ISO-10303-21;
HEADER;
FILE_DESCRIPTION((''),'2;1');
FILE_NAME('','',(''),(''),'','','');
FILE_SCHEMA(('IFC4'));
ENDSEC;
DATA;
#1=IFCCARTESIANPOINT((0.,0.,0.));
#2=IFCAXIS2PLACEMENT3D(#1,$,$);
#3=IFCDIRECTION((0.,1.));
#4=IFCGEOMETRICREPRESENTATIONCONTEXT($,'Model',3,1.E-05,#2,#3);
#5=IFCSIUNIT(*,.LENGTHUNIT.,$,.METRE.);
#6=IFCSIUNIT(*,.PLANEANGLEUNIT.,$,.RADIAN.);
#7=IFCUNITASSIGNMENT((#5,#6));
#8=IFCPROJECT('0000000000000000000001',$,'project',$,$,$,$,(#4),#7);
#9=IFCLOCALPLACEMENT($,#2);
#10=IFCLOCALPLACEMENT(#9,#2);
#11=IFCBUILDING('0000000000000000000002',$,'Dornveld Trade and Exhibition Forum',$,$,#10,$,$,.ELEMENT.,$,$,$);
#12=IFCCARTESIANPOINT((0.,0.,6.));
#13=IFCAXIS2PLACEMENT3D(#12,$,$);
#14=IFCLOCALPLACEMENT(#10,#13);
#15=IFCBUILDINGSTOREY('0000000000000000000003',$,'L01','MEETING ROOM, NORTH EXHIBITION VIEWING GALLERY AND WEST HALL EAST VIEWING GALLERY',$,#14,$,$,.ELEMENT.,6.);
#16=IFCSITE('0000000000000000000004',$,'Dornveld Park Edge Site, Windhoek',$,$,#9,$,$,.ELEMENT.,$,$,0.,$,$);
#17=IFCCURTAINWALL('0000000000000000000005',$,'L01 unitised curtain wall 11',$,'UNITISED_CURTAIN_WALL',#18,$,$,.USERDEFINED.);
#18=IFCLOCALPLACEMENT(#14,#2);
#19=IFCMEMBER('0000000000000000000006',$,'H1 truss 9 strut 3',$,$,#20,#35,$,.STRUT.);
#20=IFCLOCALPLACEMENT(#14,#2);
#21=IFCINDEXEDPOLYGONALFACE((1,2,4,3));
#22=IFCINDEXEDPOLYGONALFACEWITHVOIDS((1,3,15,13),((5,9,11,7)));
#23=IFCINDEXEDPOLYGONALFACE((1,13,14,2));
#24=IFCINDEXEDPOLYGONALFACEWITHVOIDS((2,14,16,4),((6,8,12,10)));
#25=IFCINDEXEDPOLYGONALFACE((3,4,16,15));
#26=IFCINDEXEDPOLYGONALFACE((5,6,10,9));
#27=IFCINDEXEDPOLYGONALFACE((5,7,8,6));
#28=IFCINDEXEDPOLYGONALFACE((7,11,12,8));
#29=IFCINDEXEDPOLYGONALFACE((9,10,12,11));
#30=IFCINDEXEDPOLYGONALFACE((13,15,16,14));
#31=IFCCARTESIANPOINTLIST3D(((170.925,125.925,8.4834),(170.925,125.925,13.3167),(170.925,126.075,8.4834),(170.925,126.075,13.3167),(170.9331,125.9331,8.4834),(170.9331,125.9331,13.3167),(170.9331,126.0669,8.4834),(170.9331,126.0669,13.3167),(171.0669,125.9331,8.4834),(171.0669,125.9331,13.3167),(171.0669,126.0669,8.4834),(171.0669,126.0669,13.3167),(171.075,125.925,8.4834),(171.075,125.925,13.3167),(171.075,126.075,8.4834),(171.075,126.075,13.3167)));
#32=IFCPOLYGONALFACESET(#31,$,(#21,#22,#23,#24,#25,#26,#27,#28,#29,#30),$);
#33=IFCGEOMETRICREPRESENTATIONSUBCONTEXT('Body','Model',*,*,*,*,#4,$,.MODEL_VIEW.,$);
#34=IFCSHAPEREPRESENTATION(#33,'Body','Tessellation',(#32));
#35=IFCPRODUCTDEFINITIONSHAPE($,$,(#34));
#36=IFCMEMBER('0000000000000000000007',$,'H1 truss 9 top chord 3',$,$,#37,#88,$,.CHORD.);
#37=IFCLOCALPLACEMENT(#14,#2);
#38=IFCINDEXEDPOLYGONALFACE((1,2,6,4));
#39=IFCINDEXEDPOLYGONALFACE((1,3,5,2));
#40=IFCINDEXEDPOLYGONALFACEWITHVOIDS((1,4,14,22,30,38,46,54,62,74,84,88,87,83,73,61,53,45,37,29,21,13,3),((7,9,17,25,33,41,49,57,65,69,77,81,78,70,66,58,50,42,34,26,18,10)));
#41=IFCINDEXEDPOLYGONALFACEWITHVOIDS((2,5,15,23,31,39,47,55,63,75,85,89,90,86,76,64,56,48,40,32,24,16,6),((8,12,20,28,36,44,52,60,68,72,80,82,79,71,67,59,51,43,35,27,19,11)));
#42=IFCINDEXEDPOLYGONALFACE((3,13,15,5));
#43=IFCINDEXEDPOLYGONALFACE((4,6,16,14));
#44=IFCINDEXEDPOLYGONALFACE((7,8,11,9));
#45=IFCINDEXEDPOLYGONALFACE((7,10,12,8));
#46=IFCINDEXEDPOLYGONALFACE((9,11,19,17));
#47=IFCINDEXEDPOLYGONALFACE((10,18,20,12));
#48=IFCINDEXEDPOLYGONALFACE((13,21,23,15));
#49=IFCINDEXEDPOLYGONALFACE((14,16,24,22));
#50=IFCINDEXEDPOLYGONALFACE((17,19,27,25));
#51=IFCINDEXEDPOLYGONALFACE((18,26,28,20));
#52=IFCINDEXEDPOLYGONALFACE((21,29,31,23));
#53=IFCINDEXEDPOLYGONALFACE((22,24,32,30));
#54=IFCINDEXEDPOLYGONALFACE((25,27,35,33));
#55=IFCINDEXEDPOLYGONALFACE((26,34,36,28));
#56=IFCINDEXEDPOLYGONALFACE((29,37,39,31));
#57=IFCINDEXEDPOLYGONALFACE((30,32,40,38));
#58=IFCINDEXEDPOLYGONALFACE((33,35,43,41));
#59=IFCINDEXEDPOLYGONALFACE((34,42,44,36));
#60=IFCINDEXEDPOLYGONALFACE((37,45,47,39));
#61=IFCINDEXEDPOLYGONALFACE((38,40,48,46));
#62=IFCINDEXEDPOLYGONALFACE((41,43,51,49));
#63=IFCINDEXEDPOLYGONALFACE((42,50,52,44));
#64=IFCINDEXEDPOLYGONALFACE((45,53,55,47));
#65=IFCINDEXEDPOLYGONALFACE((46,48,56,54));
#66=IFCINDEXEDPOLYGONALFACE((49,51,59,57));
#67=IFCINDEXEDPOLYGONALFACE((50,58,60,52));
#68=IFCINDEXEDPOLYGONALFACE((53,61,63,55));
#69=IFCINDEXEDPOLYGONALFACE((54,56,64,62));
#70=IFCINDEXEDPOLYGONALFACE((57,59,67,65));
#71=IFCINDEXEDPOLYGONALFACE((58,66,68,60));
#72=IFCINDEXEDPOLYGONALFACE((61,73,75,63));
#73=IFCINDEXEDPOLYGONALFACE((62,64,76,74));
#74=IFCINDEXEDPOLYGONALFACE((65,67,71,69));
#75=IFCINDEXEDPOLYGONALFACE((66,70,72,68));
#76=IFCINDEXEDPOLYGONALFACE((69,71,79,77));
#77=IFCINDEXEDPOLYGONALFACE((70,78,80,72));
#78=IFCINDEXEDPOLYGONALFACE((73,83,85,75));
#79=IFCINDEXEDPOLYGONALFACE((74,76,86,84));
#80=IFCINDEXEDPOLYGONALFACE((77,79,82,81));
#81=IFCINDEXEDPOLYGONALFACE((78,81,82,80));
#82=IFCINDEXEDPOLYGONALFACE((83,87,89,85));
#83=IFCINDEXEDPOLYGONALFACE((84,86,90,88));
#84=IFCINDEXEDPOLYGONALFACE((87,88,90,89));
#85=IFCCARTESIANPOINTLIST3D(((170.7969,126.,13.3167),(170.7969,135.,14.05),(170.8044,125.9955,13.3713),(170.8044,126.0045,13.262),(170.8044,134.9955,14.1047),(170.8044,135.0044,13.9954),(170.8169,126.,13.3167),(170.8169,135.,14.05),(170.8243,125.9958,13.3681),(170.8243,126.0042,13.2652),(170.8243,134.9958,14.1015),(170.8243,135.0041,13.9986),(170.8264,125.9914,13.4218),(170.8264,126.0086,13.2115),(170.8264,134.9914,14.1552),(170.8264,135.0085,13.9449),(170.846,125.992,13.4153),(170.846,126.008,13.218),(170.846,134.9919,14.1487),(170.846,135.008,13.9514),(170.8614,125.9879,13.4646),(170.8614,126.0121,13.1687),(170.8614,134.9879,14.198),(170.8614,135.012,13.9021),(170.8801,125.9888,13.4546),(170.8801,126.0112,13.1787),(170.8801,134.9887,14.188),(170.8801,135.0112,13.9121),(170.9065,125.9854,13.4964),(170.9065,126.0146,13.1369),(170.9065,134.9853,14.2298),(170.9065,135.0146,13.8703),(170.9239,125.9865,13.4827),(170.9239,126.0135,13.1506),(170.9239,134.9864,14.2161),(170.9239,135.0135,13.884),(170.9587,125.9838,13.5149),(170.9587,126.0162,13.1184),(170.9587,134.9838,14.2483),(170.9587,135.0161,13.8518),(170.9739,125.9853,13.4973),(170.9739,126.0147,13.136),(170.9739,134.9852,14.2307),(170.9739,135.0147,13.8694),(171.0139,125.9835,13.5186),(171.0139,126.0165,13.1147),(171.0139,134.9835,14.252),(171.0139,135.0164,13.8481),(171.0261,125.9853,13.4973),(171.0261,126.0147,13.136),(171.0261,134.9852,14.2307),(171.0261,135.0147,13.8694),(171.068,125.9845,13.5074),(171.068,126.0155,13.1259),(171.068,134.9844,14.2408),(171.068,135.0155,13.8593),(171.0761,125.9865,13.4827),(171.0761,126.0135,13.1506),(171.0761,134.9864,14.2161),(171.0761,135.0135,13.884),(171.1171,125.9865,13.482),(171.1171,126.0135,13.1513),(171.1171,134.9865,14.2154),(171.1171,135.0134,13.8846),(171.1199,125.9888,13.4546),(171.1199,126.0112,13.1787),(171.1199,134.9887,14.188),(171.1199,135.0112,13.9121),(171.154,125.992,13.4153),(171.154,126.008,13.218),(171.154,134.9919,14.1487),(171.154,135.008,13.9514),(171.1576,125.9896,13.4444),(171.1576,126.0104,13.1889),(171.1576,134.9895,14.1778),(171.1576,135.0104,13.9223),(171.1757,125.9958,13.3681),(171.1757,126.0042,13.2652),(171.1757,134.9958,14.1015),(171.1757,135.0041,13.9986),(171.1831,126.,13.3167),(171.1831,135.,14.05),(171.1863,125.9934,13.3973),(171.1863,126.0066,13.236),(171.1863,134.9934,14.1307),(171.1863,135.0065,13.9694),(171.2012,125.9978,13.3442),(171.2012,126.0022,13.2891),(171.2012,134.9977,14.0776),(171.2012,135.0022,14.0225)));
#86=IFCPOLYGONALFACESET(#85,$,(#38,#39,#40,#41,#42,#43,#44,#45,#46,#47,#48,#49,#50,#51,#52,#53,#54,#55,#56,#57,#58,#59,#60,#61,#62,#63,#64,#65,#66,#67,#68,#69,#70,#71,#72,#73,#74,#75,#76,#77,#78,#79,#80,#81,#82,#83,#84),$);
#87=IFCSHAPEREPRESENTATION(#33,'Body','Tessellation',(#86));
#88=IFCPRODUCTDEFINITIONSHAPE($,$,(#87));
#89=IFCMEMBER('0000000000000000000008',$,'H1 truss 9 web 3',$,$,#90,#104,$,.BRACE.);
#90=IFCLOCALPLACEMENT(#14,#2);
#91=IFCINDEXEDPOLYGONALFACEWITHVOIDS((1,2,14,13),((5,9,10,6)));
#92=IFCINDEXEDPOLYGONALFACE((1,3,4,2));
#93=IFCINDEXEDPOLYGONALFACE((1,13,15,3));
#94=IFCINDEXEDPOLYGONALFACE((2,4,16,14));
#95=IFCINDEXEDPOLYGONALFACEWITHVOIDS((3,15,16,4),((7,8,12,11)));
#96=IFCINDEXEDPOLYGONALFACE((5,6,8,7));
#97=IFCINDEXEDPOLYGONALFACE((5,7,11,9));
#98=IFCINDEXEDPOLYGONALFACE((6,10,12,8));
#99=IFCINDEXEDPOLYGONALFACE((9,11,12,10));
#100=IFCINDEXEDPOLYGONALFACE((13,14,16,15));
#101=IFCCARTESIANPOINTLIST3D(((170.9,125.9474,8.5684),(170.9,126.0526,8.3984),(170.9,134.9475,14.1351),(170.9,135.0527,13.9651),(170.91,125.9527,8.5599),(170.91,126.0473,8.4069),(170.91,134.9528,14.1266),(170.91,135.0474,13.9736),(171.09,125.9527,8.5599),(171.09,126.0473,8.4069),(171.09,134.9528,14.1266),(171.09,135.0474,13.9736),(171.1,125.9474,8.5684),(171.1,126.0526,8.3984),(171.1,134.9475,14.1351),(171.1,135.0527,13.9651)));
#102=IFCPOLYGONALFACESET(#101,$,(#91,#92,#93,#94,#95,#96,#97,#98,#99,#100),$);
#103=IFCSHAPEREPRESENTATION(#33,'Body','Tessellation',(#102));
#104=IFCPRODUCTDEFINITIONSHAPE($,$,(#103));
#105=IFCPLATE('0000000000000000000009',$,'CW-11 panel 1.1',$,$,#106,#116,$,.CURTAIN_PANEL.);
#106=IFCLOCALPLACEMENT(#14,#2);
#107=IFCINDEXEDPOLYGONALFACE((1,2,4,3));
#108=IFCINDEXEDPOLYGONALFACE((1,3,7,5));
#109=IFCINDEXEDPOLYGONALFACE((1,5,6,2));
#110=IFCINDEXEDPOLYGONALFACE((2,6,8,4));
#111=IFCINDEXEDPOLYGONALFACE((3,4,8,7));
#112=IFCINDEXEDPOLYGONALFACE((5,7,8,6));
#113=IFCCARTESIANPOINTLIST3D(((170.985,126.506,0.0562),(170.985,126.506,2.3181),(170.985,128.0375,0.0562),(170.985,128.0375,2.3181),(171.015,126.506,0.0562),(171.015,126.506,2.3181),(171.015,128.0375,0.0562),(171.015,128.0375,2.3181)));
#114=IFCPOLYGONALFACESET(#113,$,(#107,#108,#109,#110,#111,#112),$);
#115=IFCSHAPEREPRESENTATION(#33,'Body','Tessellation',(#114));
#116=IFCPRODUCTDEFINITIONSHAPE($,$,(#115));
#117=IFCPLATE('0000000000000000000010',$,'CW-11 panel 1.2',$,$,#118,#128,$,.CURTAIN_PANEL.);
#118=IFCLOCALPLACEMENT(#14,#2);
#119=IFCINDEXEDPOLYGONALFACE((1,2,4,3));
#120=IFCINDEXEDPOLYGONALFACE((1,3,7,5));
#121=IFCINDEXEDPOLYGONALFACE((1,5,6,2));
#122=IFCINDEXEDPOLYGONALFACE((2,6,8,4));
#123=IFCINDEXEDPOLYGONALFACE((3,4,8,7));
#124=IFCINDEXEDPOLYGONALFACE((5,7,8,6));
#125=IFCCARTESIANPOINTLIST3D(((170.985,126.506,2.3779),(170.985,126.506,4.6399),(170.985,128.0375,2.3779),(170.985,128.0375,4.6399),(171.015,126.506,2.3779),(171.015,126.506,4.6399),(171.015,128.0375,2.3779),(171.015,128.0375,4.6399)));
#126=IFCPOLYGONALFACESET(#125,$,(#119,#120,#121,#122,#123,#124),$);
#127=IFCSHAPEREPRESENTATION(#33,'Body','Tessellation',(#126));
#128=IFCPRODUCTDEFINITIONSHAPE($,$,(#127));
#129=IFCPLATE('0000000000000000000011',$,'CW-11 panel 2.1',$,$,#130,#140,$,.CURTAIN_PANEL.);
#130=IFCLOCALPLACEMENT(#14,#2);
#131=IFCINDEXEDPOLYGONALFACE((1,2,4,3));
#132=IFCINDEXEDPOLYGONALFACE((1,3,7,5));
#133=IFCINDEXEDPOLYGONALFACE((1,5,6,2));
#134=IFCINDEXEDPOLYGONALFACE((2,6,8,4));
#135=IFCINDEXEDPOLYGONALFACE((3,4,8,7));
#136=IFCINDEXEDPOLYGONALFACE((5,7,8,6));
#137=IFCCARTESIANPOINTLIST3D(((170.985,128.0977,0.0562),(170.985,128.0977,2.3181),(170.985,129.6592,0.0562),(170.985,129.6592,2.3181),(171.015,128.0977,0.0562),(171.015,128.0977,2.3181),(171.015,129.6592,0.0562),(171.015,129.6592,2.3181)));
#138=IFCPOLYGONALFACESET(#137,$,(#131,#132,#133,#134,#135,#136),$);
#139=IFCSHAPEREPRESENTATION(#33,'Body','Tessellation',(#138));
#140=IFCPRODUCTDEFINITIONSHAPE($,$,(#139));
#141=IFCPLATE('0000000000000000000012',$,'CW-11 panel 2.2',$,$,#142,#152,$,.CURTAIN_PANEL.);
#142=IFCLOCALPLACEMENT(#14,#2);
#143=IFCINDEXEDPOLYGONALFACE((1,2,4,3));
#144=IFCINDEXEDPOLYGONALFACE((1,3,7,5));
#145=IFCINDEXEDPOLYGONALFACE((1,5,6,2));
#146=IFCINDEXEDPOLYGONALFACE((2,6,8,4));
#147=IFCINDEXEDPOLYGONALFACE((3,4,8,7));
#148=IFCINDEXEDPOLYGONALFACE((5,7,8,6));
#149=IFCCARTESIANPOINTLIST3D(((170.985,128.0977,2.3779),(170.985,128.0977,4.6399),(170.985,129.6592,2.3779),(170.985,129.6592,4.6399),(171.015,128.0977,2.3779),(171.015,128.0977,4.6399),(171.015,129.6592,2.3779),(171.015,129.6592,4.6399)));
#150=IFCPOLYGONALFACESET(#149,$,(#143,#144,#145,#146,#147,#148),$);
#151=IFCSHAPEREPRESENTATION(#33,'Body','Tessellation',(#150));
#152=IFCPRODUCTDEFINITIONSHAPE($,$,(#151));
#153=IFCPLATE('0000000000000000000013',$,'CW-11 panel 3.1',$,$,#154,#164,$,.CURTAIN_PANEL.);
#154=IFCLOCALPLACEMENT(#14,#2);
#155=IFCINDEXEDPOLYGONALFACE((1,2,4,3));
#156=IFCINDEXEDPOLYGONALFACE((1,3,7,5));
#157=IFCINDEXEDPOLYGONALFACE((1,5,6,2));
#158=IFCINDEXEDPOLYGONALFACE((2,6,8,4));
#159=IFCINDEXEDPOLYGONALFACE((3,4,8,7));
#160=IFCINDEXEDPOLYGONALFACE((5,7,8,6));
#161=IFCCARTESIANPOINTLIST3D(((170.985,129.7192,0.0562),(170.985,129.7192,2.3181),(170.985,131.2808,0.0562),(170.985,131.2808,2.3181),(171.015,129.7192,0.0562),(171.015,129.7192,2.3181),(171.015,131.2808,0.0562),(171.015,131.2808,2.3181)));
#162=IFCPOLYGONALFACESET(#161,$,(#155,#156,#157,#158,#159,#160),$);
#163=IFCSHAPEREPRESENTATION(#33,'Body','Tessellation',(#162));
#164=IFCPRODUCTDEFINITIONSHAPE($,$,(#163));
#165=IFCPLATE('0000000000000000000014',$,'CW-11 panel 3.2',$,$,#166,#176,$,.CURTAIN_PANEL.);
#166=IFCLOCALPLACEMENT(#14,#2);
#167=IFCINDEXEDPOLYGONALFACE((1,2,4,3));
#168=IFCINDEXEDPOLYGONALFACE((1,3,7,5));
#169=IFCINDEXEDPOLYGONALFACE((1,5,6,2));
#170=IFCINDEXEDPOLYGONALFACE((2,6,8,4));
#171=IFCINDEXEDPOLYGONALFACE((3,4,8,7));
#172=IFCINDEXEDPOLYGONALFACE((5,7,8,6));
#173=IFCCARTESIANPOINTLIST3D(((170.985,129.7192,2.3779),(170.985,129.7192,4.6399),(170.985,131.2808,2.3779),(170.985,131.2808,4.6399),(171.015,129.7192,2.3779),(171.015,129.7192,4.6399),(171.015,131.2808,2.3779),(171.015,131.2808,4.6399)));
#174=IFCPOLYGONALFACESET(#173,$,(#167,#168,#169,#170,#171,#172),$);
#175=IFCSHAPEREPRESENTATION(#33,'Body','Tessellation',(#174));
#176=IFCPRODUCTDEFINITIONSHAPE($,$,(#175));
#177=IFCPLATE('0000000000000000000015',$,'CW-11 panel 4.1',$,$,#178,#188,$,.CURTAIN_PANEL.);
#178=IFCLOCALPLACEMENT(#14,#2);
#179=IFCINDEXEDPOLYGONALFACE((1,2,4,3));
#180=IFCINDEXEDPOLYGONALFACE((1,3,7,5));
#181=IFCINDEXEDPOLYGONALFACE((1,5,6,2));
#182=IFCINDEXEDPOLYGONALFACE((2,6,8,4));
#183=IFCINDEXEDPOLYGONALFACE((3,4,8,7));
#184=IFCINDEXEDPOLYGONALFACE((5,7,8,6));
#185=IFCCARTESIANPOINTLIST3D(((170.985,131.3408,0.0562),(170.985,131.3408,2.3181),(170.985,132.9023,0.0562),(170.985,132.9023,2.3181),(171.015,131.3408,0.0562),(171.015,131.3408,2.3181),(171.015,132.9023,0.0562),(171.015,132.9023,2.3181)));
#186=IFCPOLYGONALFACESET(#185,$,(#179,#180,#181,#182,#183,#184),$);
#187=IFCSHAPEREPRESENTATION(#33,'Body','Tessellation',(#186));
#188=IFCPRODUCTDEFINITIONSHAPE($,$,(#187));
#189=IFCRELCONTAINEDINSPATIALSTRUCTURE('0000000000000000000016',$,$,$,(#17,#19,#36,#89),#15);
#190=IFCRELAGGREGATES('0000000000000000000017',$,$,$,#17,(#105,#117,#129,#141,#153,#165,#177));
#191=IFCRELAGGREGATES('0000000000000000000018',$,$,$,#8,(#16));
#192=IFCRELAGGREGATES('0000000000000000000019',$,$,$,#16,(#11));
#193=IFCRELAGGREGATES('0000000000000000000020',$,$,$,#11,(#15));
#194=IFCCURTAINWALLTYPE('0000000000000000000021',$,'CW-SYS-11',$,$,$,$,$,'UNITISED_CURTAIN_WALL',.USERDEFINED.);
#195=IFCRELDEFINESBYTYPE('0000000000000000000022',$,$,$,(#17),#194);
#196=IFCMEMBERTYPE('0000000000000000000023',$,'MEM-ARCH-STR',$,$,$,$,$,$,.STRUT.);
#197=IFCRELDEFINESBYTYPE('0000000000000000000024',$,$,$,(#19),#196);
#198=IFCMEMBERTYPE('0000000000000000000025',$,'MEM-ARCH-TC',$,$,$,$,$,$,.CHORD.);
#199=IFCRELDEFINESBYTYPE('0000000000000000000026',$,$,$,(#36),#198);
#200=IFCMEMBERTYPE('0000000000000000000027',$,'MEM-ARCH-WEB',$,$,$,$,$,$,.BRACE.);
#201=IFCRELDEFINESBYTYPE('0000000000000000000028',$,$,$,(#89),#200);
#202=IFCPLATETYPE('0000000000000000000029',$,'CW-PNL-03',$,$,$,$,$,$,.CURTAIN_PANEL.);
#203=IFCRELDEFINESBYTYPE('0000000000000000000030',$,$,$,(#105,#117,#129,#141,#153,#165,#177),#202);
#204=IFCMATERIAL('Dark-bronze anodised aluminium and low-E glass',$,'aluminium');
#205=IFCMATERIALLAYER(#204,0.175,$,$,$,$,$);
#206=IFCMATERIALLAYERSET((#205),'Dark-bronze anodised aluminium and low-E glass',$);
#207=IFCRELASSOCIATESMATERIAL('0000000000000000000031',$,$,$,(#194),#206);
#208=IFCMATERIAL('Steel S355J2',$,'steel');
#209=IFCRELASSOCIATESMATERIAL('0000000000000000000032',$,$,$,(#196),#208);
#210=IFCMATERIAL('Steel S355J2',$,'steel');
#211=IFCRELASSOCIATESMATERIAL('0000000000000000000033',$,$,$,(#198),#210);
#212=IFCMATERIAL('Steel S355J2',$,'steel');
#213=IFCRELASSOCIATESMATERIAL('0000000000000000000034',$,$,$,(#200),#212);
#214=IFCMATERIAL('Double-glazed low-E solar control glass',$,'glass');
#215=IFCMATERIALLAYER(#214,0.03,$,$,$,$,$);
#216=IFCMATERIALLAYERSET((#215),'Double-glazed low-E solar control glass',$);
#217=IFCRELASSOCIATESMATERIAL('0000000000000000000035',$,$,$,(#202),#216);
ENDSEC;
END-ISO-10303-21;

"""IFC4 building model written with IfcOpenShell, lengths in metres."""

from ifc_helpers import new_model, si_unit, direction, frame, origin, origin_2d, place, context, subcontext, project, spatial, rectangle, hollow_rectangle, hollow_circle, extrude, material, layer, layer_set, material_profile, profile_set, type_object, element, aggregate, save


model = new_model("IFC4")

# Units and contexts
model_context = context("Model", 3, precision=1e-05, world=origin(), true_north=direction((0.0, 1.0)))
body_context = subcontext(model_context, "Body", "Model", "MODEL_VIEW")
ifc_project = project(units=[si_unit("LENGTHUNIT", "METRE"), si_unit("PLANEANGLEUNIT", "RADIAN")], contexts=[model_context])

# Site, building, storey
site_placement = place(None, origin())
site = spatial("IfcSite", under=ifc_project, at=site_placement, Name="Dornveld Park Edge Site, Windhoek", CompositionType="ELEMENT", RefElevation=0.0)
building_placement = place(site_placement, origin())
building = spatial("IfcBuilding", under=site, at=building_placement, Name="Dornveld Trade and Exhibition Forum", CompositionType="ELEMENT")
storey_placement = place(building_placement, frame((0.0, 0.0, 6.0)))
storey = spatial("IfcBuildingStorey", under=building, at=storey_placement, Name="L01", Description="MEETING ROOM, NORTH EXHIBITION VIEWING GALLERY AND WEST HALL EAST VIEWING GALLERY", CompositionType="ELEMENT", Elevation=6.0)

# Curtain wall
ifc_material_1 = material(Name="Dark-bronze anodised aluminium and low-E glass", Category="aluminium")
ifc_layer_1 = layer(ifc_material_1, 0.175)
ifc_layer_set_1 = layer_set([ifc_layer_1], Name="Dark-bronze anodised aluminium and low-E glass")
curtain_wall_type = type_object("IfcCurtainWallType", Name="CW-SYS-11", ElementType="UNITISED_CURTAIN_WALL", PredefinedType="USERDEFINED", material=ifc_layer_set_1)
curtain_wall_placement = place(storey_placement, origin())
curtain_wall = element("IfcCurtainWall", 1, at=curtain_wall_placement, inside=storey, type_object=curtain_wall_type, Name="L01 unitised curtain wall 11", ObjectType="UNITISED_CURTAIN_WALL", PredefinedType="USERDEFINED")

# Members
ifc_material_2 = material(Name="Steel S355J2", Category="steel")
ifc_material_profile_1 = material_profile(ifc_material_2, hollow_rectangle(XDim=0.1499, YDim=0.1499, WallThickness=0.0081, at=origin_2d()), Name="SHS 150x150x8")
ifc_profile_set_1 = profile_set([ifc_material_profile_1], Name="Steel S355J2")
member_type_1 = type_object("IfcMemberType", Name="MEM-ARCH-STR", PredefinedType="STRUT", material=ifc_profile_set_1)
member_1_placement = place(storey_placement, frame((171.0, 126.0, 8.4834), z_axis=(0.0, 0.0, 1.0), x_axis=(1.0, 0.0, 0.0)))
element("IfcMember", 2, at=member_1_placement, inside=storey, type_object=member_type_1, Name="H1 truss 9 strut 3", PredefinedType="STRUT", context=body_context, shape_type="SweptSolid", body=[
    extrude(hollow_rectangle(XDim=0.1499, YDim=0.1499, WallThickness=0.0081, at=origin_2d()), origin(), (0.0, 0.0, 1.0), 4.8333),
])
ifc_material_3 = material(Name="Steel S355J2", Category="steel")
ifc_material_profile_2 = material_profile(ifc_material_3, hollow_circle(Radius=0.2031, WallThickness=0.02, at=origin_2d()), Name="CHS 406.4x20")
ifc_profile_set_2 = profile_set([ifc_material_profile_2], Name="Steel S355J2")
member_type_2 = type_object("IfcMemberType", Name="MEM-ARCH-TC", PredefinedType="CHORD", material=ifc_profile_set_2)
member_2_placement = place(storey_placement, frame((171.0, 126.0, 13.3167), z_axis=(0.0, 0.996696, 0.081219), x_axis=(-1.0, 0.0, 0.0)))
element("IfcMember", 3, at=member_2_placement, inside=storey, type_object=member_type_2, Name="H1 truss 9 top chord 3", PredefinedType="CHORD", context=body_context, shape_type="SweptSolid", body=[
    extrude(hollow_circle(Radius=0.2031, WallThickness=0.02, at=origin_2d()), origin(), (0.0, 0.0, 1.0), 9.0298),
])
ifc_material_4 = material(Name="Steel S355J2", Category="steel")
ifc_material_profile_3 = material_profile(ifc_material_4, hollow_rectangle(XDim=0.2, YDim=0.2, WallThickness=0.01, at=origin_2d()), Name="SHS 200x200x10")
ifc_profile_set_3 = profile_set([ifc_material_profile_3], Name="Steel S355J2")
member_type_3 = type_object("IfcMemberType", Name="MEM-ARCH-WEB", PredefinedType="BRACE", material=ifc_profile_set_3)
member_3_placement = place(storey_placement, frame((171.0, 126.0, 8.4834), z_axis=(0.0, 0.850467, 0.526028), x_axis=(-1.0, 0.0, 0.0)))
element("IfcMember", 4, at=member_3_placement, inside=storey, type_object=member_type_3, Name="H1 truss 9 web 3", PredefinedType="BRACE", context=body_context, shape_type="SweptSolid", body=[
    extrude(hollow_rectangle(XDim=0.2, YDim=0.2, WallThickness=0.01, at=origin_2d()), origin(), (0.0, 0.0, 1.0), 10.5825),
])

# Plates
ifc_material_5 = material(Name="Double-glazed low-E solar control glass", Category="glass")
ifc_layer_2 = layer(ifc_material_5, 0.03)
ifc_layer_set_2 = layer_set([ifc_layer_2], Name="Double-glazed low-E solar control glass")
plate_type = type_object("IfcPlateType", Name="CW-PNL-03", PredefinedType="CURTAIN_PANEL", material=ifc_layer_set_2)
plate_1_placement = place(storey_placement, frame((171.0, 127.2717, 0.0562), z_axis=(0.0, 0.0, 1.0), x_axis=(0.0, 1.0, 0.0)))
plate_1 = element("IfcPlate", 5, at=plate_1_placement, type_object=plate_type, Name="CW-11 panel 1.1", PredefinedType="CURTAIN_PANEL", context=body_context, shape_type="SweptSolid", body=[
    extrude(rectangle(XDim=1.5315, YDim=0.03, at=origin_2d()), origin(), (0.0, 0.0, 1.0), 2.262),
])
plate_2_placement = place(storey_placement, frame((171.0, 127.2717, 2.3779), z_axis=(0.0, 0.0, 1.0), x_axis=(0.0, 1.0, 0.0)))
plate_2 = element("IfcPlate", 6, at=plate_2_placement, type_object=plate_type, Name="CW-11 panel 1.2", PredefinedType="CURTAIN_PANEL", context=body_context, shape_type="SweptSolid", body=[
    extrude(rectangle(XDim=1.5315, YDim=0.03, at=origin_2d()), origin(), (0.0, 0.0, 1.0), 2.262),
])
plate_3_placement = place(storey_placement, frame((171.0, 128.8784, 0.0562), z_axis=(0.0, 0.0, 1.0), x_axis=(0.0, 1.0, 0.0)))
plate_3 = element("IfcPlate", 7, at=plate_3_placement, type_object=plate_type, Name="CW-11 panel 2.1", PredefinedType="CURTAIN_PANEL", context=body_context, shape_type="SweptSolid", body=[
    extrude(rectangle(XDim=1.5615, YDim=0.03, at=origin_2d()), origin(), (0.0, 0.0, 1.0), 2.262),
])
plate_4_placement = place(storey_placement, frame((171.0, 128.8784, 2.3779), z_axis=(0.0, 0.0, 1.0), x_axis=(0.0, 1.0, 0.0)))
plate_4 = element("IfcPlate", 8, at=plate_4_placement, type_object=plate_type, Name="CW-11 panel 2.2", PredefinedType="CURTAIN_PANEL", context=body_context, shape_type="SweptSolid", body=[
    extrude(rectangle(XDim=1.5615, YDim=0.03, at=origin_2d()), origin(), (0.0, 0.0, 1.0), 2.262),
])
plate_5_placement = place(storey_placement, frame((171.0, 130.5, 0.0562), z_axis=(0.0, 0.0, 1.0), x_axis=(0.0, 1.0, 0.0)))
plate_5 = element("IfcPlate", 9, at=plate_5_placement, type_object=plate_type, Name="CW-11 panel 3.1", PredefinedType="CURTAIN_PANEL", context=body_context, shape_type="SweptSolid", body=[
    extrude(rectangle(XDim=1.5615, YDim=0.03, at=origin_2d()), origin(), (0.0, 0.0, 1.0), 2.262),
])
plate_6_placement = place(storey_placement, frame((171.0, 130.5, 2.3779), z_axis=(0.0, 0.0, 1.0), x_axis=(0.0, 1.0, 0.0)))
plate_6 = element("IfcPlate", 10, at=plate_6_placement, type_object=plate_type, Name="CW-11 panel 3.2", PredefinedType="CURTAIN_PANEL", context=body_context, shape_type="SweptSolid", body=[
    extrude(rectangle(XDim=1.5615, YDim=0.03, at=origin_2d()), origin(), (0.0, 0.0, 1.0), 2.262),
])
plate_7_placement = place(storey_placement, frame((171.0, 132.1216, 0.0562), z_axis=(0.0, 0.0, 1.0), x_axis=(0.0, 1.0, 0.0)))
plate_7 = element("IfcPlate", 11, at=plate_7_placement, type_object=plate_type, Name="CW-11 panel 4.1", PredefinedType="CURTAIN_PANEL", context=body_context, shape_type="SweptSolid", body=[
    extrude(rectangle(XDim=1.5615, YDim=0.03, at=origin_2d()), origin(), (0.0, 0.0, 1.0), 2.262),
])
aggregate(curtain_wall, [plate_1, plate_2, plate_3, plate_4, plate_5, plate_6, plate_7])

save(model, "model.ifc")
